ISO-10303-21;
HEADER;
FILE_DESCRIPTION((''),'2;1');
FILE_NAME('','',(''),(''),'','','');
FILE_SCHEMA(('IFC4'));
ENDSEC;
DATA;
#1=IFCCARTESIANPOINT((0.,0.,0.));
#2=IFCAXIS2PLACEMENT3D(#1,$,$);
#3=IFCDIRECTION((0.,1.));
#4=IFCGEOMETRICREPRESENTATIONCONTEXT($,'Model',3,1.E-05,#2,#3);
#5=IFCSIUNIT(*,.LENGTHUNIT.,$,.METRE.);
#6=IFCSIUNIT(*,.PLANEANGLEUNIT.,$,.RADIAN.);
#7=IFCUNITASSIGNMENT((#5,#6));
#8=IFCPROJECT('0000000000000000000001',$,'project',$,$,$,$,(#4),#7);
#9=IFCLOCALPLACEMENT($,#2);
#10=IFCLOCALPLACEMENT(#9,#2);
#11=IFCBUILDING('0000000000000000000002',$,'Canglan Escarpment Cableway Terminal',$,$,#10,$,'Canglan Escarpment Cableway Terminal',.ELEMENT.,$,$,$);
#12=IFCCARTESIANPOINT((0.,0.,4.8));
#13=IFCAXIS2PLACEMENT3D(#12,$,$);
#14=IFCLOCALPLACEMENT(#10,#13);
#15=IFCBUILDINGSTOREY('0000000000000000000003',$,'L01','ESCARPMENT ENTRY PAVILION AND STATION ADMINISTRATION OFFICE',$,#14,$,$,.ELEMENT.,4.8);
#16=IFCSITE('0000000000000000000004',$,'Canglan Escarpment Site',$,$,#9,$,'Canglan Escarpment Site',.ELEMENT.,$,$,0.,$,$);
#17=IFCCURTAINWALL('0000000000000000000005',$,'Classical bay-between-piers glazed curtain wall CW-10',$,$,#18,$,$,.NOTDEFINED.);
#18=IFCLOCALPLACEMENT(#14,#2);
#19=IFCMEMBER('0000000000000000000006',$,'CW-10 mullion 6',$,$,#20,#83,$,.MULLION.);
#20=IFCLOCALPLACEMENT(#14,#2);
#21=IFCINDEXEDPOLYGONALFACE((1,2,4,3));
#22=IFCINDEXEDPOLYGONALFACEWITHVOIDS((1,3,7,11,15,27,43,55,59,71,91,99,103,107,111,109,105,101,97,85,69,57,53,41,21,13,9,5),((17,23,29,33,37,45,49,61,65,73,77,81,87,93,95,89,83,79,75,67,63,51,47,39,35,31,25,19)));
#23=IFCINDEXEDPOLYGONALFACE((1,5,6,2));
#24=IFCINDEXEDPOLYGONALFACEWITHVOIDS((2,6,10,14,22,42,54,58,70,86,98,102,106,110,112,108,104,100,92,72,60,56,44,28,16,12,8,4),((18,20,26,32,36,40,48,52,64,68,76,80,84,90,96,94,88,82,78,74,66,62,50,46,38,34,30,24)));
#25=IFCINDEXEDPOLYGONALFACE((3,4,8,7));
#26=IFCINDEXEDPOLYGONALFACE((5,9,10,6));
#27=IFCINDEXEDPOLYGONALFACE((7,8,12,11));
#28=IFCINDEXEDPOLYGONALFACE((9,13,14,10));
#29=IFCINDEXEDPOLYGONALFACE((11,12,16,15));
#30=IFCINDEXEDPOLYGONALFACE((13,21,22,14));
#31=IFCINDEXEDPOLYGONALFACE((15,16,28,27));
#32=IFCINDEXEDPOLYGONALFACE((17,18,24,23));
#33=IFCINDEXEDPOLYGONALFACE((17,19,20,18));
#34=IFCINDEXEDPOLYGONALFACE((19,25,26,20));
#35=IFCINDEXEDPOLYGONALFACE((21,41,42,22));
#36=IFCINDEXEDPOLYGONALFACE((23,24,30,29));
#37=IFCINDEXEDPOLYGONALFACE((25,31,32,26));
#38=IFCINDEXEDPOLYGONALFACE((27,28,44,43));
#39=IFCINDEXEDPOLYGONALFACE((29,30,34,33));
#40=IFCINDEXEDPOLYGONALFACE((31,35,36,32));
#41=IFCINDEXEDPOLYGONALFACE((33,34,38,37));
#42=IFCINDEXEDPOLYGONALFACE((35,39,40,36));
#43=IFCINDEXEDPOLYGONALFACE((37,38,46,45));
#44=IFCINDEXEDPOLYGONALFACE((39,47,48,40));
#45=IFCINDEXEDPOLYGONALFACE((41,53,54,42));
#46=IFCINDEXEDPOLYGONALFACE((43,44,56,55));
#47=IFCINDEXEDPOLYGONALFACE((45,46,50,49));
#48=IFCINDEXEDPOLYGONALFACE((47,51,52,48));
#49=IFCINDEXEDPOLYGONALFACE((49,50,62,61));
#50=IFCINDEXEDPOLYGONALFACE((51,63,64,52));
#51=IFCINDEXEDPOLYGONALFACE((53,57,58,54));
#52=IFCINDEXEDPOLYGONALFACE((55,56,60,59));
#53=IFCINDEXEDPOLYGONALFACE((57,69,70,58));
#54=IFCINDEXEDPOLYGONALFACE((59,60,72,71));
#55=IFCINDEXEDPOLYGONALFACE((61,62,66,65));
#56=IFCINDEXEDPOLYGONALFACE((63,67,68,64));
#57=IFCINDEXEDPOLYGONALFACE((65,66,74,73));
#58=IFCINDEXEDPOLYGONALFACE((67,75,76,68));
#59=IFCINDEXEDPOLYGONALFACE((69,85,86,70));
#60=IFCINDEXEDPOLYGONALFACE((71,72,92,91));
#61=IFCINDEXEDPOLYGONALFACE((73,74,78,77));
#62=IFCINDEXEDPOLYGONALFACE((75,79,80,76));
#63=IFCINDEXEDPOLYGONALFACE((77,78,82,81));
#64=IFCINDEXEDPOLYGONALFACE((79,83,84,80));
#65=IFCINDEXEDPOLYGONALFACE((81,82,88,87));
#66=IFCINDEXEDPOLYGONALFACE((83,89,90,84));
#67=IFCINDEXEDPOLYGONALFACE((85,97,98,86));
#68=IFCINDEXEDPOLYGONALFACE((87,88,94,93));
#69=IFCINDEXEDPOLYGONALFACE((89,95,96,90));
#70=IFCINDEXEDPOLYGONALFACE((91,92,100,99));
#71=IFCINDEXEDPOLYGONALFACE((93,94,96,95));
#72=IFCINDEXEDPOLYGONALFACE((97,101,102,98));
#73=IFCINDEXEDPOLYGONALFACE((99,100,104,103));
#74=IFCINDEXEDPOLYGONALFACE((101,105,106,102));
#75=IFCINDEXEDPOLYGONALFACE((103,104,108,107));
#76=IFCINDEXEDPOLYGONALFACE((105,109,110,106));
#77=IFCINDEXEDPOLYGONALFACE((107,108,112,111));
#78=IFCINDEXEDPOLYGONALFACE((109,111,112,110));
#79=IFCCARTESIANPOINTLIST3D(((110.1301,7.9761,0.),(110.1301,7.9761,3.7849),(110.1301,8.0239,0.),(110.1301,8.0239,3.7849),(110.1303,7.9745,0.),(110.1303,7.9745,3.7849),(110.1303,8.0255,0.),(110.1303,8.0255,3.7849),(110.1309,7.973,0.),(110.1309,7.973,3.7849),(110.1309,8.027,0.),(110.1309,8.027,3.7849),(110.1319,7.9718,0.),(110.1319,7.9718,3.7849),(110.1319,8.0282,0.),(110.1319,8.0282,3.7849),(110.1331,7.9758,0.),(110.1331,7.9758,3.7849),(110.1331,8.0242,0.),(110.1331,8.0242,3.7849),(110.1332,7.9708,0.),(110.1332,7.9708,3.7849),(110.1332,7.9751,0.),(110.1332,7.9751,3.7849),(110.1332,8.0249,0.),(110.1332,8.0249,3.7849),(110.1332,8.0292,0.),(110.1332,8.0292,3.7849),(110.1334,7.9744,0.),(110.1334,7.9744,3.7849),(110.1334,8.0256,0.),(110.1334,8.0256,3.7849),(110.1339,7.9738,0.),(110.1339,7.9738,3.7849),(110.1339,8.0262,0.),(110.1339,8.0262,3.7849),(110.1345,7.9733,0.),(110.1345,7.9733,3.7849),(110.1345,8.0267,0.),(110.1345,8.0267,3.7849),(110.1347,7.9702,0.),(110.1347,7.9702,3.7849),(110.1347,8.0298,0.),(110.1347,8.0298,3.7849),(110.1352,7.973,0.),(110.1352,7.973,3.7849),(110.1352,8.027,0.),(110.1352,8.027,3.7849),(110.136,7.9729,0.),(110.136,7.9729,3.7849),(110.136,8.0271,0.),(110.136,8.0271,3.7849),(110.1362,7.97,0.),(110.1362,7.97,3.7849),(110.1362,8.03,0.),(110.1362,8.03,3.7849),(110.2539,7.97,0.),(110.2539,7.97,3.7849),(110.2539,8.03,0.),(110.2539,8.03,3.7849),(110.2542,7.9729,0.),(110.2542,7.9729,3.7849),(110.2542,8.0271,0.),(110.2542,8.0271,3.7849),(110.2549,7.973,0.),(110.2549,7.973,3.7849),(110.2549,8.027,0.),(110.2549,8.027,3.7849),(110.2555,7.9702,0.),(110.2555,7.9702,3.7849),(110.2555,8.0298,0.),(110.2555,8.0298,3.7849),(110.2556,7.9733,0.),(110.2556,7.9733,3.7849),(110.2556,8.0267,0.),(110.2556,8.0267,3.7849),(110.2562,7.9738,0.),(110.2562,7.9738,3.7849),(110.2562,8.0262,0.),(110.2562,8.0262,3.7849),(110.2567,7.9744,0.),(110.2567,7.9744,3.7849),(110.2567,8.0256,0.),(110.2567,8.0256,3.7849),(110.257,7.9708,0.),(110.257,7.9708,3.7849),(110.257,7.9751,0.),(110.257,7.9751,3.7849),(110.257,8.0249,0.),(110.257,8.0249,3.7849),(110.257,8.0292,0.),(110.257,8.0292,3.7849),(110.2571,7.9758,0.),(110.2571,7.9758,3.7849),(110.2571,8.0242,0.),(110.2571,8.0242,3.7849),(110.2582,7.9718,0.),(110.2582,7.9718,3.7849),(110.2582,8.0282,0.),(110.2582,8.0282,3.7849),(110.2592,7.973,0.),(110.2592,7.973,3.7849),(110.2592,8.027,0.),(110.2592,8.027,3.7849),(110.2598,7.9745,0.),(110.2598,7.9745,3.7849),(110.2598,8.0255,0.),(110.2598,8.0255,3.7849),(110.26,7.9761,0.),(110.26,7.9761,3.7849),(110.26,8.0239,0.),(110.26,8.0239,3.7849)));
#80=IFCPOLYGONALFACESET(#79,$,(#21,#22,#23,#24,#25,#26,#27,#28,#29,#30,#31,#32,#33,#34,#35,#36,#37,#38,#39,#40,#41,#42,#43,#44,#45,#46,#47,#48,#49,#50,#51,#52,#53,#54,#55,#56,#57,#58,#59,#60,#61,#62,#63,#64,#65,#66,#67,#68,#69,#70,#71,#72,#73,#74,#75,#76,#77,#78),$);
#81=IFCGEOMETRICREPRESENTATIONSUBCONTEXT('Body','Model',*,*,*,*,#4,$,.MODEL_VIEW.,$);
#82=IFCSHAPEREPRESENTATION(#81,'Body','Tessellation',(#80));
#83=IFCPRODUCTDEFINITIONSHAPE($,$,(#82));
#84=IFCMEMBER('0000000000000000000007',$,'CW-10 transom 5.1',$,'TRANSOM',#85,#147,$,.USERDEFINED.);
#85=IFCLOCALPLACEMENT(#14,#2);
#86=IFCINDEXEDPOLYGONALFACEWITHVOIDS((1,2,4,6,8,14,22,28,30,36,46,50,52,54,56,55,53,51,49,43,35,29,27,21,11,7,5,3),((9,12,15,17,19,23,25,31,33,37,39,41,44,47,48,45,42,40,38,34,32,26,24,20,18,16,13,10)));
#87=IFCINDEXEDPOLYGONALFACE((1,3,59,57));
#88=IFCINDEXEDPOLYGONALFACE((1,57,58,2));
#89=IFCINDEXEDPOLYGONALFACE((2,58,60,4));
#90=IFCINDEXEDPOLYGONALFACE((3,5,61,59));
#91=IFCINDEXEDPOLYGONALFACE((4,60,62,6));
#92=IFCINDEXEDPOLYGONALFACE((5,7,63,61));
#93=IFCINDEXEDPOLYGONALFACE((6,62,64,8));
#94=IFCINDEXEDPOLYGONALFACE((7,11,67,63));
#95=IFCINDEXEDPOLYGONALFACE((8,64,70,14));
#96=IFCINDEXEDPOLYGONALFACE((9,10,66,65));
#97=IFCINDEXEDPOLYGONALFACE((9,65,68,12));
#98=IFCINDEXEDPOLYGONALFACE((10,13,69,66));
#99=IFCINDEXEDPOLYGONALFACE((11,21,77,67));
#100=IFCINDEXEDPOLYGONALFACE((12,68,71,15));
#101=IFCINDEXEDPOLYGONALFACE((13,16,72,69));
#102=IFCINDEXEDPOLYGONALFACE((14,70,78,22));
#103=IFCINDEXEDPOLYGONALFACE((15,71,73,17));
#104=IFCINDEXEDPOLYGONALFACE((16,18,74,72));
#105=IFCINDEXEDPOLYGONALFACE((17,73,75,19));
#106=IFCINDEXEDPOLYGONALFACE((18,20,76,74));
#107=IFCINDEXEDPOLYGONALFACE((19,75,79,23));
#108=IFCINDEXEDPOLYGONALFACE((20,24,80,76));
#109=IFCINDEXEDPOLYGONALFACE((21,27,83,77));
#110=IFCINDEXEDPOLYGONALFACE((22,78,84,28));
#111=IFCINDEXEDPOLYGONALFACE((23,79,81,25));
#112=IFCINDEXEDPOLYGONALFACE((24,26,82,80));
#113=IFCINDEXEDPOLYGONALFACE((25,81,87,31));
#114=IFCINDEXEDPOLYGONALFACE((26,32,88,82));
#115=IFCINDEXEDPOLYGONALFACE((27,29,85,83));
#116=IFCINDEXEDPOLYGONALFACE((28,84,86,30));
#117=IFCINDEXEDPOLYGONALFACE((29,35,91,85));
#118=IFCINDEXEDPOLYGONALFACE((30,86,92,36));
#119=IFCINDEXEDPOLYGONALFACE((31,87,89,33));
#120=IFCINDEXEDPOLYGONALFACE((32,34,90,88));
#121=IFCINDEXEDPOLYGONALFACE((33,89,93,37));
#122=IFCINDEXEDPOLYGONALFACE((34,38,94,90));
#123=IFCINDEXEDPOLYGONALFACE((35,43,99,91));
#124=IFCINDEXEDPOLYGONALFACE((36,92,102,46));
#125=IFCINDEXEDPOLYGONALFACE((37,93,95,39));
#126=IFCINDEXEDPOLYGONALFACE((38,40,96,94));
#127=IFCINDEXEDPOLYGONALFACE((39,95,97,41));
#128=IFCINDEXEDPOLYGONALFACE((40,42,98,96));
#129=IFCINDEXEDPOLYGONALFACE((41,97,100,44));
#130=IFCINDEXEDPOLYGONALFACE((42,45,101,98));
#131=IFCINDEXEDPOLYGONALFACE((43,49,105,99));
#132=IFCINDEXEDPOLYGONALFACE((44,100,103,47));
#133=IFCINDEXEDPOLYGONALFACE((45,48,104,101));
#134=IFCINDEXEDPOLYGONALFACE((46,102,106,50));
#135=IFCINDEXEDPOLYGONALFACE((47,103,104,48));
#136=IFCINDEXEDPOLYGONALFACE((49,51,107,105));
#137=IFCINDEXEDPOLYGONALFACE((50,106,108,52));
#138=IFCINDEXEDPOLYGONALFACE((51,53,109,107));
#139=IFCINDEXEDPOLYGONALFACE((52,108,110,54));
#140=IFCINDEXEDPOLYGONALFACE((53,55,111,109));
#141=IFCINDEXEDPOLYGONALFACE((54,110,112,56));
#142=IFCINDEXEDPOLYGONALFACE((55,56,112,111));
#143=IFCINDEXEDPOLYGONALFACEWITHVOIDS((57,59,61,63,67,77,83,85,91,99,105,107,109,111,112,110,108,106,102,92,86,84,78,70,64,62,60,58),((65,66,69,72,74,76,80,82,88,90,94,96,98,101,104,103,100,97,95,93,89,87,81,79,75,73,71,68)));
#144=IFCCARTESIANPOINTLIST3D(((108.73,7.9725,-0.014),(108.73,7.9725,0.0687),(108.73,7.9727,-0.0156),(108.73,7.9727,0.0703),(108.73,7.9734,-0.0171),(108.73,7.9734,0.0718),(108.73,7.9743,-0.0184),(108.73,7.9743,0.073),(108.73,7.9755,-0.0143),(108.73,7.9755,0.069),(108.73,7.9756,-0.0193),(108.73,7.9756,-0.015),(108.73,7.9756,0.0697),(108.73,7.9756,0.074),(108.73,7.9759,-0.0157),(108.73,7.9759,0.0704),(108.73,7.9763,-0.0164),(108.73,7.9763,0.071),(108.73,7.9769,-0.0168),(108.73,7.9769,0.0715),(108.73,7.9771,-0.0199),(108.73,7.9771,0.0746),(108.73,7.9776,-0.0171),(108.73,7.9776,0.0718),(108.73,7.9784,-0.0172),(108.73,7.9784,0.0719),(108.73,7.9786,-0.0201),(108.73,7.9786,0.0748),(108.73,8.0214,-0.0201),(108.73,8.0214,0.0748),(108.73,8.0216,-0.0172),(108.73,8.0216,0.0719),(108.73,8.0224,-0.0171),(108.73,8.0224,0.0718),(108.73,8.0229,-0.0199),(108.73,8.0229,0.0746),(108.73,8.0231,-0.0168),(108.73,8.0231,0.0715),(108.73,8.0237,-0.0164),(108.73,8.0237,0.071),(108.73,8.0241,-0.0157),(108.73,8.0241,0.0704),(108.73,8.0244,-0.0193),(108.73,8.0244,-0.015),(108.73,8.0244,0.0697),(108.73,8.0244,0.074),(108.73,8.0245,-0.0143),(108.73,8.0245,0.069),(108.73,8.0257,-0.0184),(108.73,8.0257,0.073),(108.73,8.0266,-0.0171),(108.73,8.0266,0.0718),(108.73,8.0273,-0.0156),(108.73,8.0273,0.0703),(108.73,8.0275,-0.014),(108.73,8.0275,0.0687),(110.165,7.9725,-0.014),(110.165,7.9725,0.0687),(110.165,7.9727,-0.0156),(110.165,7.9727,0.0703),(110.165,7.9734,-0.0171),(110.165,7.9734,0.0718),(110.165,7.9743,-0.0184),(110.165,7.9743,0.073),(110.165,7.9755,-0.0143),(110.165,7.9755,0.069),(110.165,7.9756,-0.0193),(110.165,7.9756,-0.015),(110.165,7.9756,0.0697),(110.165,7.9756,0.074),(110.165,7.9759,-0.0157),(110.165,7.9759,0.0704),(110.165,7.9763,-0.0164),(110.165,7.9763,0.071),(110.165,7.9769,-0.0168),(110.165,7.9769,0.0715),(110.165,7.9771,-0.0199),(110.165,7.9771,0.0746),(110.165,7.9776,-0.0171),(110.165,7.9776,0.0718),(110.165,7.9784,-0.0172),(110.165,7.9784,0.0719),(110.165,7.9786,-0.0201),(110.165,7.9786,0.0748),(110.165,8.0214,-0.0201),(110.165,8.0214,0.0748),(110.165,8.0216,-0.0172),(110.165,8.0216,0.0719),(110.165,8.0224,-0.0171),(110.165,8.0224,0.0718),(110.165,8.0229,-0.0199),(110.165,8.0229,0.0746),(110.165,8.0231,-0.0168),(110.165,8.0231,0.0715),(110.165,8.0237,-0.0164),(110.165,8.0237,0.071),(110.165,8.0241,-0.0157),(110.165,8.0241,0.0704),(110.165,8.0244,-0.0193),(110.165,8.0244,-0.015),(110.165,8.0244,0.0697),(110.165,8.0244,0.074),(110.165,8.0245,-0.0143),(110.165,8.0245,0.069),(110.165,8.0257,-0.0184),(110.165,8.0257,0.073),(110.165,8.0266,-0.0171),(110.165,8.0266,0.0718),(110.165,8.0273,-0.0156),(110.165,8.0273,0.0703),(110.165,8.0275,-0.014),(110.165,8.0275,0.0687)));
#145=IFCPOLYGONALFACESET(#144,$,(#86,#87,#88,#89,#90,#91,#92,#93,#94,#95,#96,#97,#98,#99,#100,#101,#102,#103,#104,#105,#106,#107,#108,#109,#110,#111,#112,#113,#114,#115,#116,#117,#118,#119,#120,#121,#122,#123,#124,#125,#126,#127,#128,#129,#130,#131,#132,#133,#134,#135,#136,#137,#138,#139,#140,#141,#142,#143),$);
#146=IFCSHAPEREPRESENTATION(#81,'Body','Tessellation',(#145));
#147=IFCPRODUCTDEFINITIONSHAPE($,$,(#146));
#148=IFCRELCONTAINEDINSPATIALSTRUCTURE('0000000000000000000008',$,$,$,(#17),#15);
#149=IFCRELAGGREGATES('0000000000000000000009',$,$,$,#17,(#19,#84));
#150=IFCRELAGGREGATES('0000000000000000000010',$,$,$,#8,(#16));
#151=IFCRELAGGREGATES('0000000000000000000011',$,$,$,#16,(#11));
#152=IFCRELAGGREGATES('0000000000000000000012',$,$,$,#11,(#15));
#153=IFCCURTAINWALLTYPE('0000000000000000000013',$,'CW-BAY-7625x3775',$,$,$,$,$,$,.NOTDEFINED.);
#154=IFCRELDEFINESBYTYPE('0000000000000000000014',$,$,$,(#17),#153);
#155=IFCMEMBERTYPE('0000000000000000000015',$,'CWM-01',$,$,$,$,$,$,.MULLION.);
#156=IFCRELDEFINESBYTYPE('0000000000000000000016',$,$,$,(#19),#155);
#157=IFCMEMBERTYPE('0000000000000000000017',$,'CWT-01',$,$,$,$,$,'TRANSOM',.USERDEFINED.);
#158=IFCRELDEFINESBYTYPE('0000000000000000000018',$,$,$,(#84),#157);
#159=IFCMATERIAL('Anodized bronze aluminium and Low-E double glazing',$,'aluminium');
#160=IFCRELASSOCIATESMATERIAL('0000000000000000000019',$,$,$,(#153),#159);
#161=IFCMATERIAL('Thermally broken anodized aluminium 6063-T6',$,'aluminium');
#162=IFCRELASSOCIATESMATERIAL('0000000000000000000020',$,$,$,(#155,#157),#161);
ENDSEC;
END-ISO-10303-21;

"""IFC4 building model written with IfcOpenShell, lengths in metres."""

from ifc_helpers import new_model, si_unit, direction, frame, origin, origin_2d, place, context, subcontext, project, spatial, hollow_rectangle, extrude, material, material_profile, profile_set, type_object, element, aggregate, save


model = new_model("IFC4")

# Units and contexts
model_context = context("Model", 3, precision=1e-05, world=origin(), true_north=direction((0.0, 1.0)))
body_context = subcontext(model_context, "Body", "Model", "MODEL_VIEW")
ifc_project = project(units=[si_unit("LENGTHUNIT", "METRE"), si_unit("PLANEANGLEUNIT", "RADIAN")], contexts=[model_context])

# Site, building, storey
site_placement = place(None, origin())
site = spatial("IfcSite", under=ifc_project, at=site_placement, Name="Canglan Escarpment Site", LongName="Canglan Escarpment Site", CompositionType="ELEMENT", RefElevation=0.0)
building_placement = place(site_placement, origin())
building = spatial("IfcBuilding", under=site, at=building_placement, Name="Canglan Escarpment Cableway Terminal", LongName="Canglan Escarpment Cableway Terminal", CompositionType="ELEMENT")
storey_placement = place(building_placement, frame((0.0, 0.0, 4.8)))
storey = spatial("IfcBuildingStorey", under=building, at=storey_placement, Name="L01", Description="ESCARPMENT ENTRY PAVILION AND STATION ADMINISTRATION OFFICE", CompositionType="ELEMENT", Elevation=4.8)

# Curtain wall, members
ifc_material_1 = material(Name="Anodized bronze aluminium and Low-E double glazing", Category="aluminium")
curtain_wall_type = type_object("IfcCurtainWallType", Name="CW-BAY-7625x3775", PredefinedType="NOTDEFINED", material=ifc_material_1)
curtain_wall_placement = place(storey_placement, origin())
curtain_wall = element("IfcCurtainWall", 1, at=curtain_wall_placement, inside=storey, type_object=curtain_wall_type, Name="Classical bay-between-piers glazed curtain wall CW-10", PredefinedType="NOTDEFINED")
ifc_material_2 = material(Name="Thermally broken anodized aluminium 6063-T6", Category="aluminium")
ifc_material_profile_1 = material_profile(ifc_material_2, hollow_rectangle(XDim=0.0601, YDim=0.1299, WallThickness=0.0029, InnerFilletRadius=0.0029, OuterFilletRadius=0.0061, at=origin_2d()), Name="ALU-MULL 60x130x3")
ifc_profile_set_1 = profile_set([ifc_material_profile_1], Name="Thermally broken anodized aluminium 6063-T6")
member_type_1 = type_object("IfcMemberType", Name="CWM-01", PredefinedType="MULLION", material=ifc_profile_set_1)
member_1_placement = place(storey_placement, frame((110.1951, 8.0, 0.0), z_axis=(0.0, 0.0, 1.0), x_axis=(0.0, 1.0, 0.0)))
member_1 = element("IfcMember", 2, at=member_1_placement, type_object=member_type_1, Name="CW-10 mullion 6", PredefinedType="MULLION", context=body_context, shape_type="SweptSolid", body=[
    extrude(hollow_rectangle(XDim=0.0601, YDim=0.1299, WallThickness=0.0029, InnerFilletRadius=0.0029, OuterFilletRadius=0.0061, at=origin_2d()), origin(), (0.0, 0.0, 1.0), 3.7849),
])
ifc_material_profile_2 = material_profile(ifc_material_2, hollow_rectangle(XDim=0.0549, YDim=0.095, WallThickness=0.0029, InnerFilletRadius=0.0029, OuterFilletRadius=0.0061, at=origin_2d()), Name="ALU-TRAN 55x95x3")
ifc_profile_set_2 = profile_set([ifc_material_profile_2], Name="Thermally broken anodized aluminium 6063-T6")
member_type_2 = type_object("IfcMemberType", Name="CWT-01", ElementType="TRANSOM", PredefinedType="USERDEFINED", material=ifc_profile_set_2)
member_2_placement = place(storey_placement, frame((108.73, 8.0, 0.0273), z_axis=(1.0, 0.0, 0.0), x_axis=(0.0, 1.0, 0.0)))
member_2 = element("IfcMember", 3, at=member_2_placement, type_object=member_type_2, Name="CW-10 transom 5.1", ObjectType="TRANSOM", PredefinedType="USERDEFINED", context=body_context, shape_type="SweptSolid", body=[
    extrude(hollow_rectangle(XDim=0.0549, YDim=0.095, WallThickness=0.0029, InnerFilletRadius=0.0029, OuterFilletRadius=0.0061, at=origin_2d()), origin(), (0.0, 0.0, 1.0), 1.4351),
])
aggregate(curtain_wall, [member_1, member_2])

save(model, "model.ifc")
